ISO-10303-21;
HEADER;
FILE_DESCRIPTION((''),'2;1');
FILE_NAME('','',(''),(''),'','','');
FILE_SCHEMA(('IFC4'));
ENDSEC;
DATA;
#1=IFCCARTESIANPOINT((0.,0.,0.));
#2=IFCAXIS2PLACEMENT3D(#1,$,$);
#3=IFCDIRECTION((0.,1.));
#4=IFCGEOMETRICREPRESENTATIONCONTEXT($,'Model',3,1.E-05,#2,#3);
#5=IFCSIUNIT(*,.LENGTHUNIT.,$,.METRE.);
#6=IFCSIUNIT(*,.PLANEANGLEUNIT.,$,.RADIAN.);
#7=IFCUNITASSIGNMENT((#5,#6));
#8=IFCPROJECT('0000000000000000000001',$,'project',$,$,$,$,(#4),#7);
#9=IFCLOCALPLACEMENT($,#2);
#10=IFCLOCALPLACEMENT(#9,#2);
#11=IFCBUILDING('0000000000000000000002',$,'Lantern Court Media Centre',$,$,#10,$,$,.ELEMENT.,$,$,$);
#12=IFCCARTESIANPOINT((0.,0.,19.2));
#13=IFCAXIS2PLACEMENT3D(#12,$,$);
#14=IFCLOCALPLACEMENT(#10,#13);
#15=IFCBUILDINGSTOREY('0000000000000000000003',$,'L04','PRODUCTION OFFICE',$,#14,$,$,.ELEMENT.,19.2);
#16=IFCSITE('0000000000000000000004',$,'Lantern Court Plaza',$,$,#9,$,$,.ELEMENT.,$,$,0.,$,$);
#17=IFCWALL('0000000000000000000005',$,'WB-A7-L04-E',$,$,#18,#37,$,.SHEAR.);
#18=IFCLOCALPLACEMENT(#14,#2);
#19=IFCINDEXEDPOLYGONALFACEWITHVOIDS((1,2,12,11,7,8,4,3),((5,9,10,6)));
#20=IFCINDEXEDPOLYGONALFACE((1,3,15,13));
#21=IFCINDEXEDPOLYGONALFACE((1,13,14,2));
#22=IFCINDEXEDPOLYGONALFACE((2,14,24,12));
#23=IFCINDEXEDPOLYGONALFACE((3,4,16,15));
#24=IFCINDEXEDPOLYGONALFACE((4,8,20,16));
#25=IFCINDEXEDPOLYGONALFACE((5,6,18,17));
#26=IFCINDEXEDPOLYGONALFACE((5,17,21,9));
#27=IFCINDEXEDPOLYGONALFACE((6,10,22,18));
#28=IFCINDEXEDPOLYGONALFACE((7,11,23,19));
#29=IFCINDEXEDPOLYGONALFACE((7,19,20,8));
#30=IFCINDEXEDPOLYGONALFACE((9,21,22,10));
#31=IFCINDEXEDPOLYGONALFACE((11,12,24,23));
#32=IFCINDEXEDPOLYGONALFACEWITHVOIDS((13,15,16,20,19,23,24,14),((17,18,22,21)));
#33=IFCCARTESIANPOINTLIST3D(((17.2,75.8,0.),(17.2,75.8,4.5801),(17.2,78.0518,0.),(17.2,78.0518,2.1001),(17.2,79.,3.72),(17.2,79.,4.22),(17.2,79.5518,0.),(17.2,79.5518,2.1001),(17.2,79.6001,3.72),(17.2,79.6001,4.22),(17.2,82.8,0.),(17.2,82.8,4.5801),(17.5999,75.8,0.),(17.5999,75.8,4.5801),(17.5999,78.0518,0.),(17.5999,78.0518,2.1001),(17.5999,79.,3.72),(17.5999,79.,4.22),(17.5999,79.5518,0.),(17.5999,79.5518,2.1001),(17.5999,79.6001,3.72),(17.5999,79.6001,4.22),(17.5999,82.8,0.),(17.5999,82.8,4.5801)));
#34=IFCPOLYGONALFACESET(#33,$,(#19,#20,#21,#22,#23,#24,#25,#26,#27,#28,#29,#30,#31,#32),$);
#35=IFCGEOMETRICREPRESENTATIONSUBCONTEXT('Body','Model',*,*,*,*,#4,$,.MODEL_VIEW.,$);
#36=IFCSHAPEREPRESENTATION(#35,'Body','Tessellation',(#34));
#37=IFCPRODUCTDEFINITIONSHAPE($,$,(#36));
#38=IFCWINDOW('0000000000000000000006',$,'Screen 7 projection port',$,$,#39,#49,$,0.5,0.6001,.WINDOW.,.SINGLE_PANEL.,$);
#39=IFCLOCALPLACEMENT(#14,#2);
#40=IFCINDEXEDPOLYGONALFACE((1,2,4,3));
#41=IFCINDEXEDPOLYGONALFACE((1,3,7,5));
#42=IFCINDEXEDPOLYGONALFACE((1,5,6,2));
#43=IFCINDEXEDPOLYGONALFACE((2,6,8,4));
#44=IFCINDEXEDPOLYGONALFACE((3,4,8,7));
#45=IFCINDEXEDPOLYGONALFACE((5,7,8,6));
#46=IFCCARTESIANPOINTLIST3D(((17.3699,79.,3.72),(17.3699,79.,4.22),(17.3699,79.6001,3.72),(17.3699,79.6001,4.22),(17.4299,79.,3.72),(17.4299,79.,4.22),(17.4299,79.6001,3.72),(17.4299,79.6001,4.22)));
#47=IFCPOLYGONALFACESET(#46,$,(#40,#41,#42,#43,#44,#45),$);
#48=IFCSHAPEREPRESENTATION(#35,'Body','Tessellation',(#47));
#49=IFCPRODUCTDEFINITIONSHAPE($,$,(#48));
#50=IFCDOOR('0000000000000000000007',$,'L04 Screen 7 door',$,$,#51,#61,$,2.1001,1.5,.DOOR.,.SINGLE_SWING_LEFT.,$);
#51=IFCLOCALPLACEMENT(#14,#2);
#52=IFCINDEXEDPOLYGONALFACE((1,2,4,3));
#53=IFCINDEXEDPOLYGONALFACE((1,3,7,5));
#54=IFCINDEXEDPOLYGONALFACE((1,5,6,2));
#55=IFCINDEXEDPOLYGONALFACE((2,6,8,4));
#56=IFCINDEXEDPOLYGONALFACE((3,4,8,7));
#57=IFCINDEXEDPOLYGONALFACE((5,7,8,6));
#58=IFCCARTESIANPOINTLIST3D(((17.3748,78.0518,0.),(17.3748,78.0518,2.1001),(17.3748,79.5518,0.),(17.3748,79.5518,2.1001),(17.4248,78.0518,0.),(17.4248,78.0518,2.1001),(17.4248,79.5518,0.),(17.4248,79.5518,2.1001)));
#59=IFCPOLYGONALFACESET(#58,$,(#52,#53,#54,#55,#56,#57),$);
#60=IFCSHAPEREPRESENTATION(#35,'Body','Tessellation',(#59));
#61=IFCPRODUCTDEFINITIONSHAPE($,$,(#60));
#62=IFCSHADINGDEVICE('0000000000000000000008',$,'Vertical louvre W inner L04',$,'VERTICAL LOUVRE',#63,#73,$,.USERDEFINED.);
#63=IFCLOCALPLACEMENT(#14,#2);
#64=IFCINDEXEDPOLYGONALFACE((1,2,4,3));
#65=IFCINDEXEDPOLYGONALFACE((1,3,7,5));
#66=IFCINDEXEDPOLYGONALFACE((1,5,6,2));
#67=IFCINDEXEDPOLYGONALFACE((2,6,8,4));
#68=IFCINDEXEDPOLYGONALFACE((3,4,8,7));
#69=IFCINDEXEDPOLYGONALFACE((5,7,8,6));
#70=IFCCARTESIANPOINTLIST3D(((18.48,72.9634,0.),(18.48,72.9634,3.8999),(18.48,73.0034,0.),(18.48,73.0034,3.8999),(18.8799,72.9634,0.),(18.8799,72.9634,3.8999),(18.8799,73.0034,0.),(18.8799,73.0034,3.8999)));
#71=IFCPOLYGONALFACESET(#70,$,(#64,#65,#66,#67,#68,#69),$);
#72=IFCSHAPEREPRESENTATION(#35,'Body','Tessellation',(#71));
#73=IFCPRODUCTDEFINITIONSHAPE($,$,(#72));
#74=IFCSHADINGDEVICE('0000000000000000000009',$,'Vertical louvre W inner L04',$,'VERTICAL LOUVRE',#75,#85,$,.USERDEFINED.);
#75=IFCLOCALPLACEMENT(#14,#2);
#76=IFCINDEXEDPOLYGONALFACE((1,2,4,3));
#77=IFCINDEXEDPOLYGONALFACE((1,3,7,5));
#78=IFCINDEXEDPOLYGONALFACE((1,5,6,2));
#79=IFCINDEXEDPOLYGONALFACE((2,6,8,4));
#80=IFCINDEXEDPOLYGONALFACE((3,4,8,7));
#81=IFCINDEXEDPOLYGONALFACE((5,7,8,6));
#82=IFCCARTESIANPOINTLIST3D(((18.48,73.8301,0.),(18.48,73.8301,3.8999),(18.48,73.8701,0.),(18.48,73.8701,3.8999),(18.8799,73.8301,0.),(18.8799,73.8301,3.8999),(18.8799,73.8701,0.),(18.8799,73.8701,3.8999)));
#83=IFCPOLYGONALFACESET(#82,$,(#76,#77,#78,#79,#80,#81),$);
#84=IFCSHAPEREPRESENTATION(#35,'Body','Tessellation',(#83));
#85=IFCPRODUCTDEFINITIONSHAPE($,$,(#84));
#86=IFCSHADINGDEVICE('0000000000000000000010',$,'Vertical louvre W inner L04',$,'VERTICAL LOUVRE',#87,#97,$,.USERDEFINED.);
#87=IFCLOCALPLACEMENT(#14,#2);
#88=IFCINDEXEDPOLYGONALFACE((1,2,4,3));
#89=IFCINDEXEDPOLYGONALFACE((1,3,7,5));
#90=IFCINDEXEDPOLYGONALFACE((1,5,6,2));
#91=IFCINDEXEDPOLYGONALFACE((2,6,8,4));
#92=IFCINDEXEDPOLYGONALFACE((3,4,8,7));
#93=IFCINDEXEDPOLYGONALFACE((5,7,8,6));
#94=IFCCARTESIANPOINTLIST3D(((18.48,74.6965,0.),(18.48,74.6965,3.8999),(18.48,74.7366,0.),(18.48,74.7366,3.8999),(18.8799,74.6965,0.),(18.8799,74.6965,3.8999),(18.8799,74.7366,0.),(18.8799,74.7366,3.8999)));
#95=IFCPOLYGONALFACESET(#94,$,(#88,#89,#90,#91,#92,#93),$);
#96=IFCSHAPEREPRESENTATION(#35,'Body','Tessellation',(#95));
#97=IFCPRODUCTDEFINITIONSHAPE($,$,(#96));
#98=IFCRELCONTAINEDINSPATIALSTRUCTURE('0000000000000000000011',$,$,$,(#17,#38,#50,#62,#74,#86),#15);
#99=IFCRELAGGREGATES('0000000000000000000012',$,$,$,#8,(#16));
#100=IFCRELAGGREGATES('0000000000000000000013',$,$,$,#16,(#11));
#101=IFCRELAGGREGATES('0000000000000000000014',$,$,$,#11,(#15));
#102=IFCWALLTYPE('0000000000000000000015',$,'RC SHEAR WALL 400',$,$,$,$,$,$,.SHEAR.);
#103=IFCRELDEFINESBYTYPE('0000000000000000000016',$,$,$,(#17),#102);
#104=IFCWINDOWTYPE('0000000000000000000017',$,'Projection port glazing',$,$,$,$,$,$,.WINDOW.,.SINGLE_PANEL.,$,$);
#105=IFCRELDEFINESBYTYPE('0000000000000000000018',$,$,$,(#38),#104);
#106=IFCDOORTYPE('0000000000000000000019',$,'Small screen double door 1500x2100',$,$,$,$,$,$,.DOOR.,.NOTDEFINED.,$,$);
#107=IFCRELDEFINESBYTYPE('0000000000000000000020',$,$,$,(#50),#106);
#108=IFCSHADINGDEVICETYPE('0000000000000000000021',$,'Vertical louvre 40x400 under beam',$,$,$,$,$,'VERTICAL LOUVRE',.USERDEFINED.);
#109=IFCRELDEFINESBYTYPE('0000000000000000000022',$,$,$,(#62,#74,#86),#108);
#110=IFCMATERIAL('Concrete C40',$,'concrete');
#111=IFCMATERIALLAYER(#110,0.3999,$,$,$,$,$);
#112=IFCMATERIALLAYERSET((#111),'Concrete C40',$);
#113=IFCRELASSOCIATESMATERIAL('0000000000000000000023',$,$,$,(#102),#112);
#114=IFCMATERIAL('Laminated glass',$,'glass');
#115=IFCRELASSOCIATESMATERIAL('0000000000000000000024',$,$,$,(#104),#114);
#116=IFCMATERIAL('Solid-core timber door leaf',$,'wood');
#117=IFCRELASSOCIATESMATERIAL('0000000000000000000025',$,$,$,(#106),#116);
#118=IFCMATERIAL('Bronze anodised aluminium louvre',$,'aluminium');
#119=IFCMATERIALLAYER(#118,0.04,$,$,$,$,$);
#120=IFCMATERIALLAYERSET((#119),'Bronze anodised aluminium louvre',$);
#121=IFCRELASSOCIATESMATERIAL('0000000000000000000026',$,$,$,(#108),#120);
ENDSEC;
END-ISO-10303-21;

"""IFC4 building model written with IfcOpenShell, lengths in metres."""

from ifc_helpers import new_model, si_unit, direction, frame, frame_2d, origin, origin_2d, place, context, subcontext, project, spatial, rectangle, extrude, material, layer, layer_set, type_object, element, fill, save


model = new_model("IFC4")

# Units and contexts
model_context = context("Model", 3, precision=1e-05, world=origin(), true_north=direction((0.0, 1.0)))
body_context = subcontext(model_context, "Body", "Model", "MODEL_VIEW")
ifc_project = project(units=[si_unit("LENGTHUNIT", "METRE"), si_unit("PLANEANGLEUNIT", "RADIAN")], contexts=[model_context])

# Site, building, storey
site_placement = place(None, origin())
site = spatial("IfcSite", under=ifc_project, at=site_placement, Name="Lantern Court Plaza", CompositionType="ELEMENT", RefElevation=0.0)
building_placement = place(site_placement, origin())
building = spatial("IfcBuilding", under=site, at=building_placement, Name="Lantern Court Media Centre", CompositionType="ELEMENT")
storey_placement = place(building_placement, frame((0.0, 0.0, 19.2)))
storey = spatial("IfcBuildingStorey", under=building, at=storey_placement, Name="L04", Description="PRODUCTION OFFICE", CompositionType="ELEMENT", Elevation=19.2)

# Wall, openings, window, door
ifc_material_1 = material(Name="Concrete C40", Category="concrete")
ifc_layer_1 = layer(ifc_material_1, 0.3999)
ifc_layer_set_1 = layer_set([ifc_layer_1], Name="Concrete C40")
wall_type_1 = type_object("IfcWallType", Name="RC SHEAR WALL 400", PredefinedType="SHEAR", material=ifc_layer_set_1)
wall_1_placement = place(storey_placement, frame((17.3999, 75.8, 0.0), z_axis=(0.0, 0.0, 1.0), x_axis=(0.0, 1.0, 0.0)))
wall_1 = element("IfcWall", 1, at=wall_1_placement, inside=storey, type_object=wall_type_1, Name="WB-A7-L04-E", PredefinedType="SHEAR", context=body_context, shape_type="SweptSolid", body=[
    extrude(rectangle(XDim=7.0, YDim=0.3999, at=frame_2d((3.5, 0.0))), origin(), (0.0, 0.0, 1.0), 4.5801),
])
opening_1_placement = place(wall_1_placement, frame((2.2517, 0.0, 0.0)))
opening_1 = element("IfcOpeningElement", 2, at=opening_1_placement, cuts=wall_1, PredefinedType="OPENING", context=body_context, shape_type="SweptSolid", body=[
    extrude(rectangle(XDim=1.5, YDim=2.1001, at=frame_2d((0.75, 1.05))), frame((0.0, 0.21, 0.0), z_axis=(0.0, -1.0, 0.0), x_axis=(1.0, 0.0, 0.0)), (0.0, 0.0, 1.0), 0.4199),
])
opening_2_placement = place(wall_1_placement, frame((3.2, 0.0, 3.72)))
opening_2 = element("IfcOpeningElement", 3, at=opening_2_placement, cuts=wall_1, PredefinedType="OPENING", context=body_context, shape_type="SweptSolid", body=[
    extrude(rectangle(XDim=0.6001, YDim=0.5, at=frame_2d((0.3, 0.25))), frame((0.0, 0.21, 0.0), z_axis=(0.0, -1.0, 0.0), x_axis=(1.0, 0.0, 0.0)), (0.0, 0.0, 1.0), 0.4199),
])
ifc_material_2 = material(Name="Laminated glass", Category="glass")
window_type = type_object("IfcWindowType", Name="Projection port glazing", PartitioningType="SINGLE_PANEL", PredefinedType="WINDOW", material=ifc_material_2)
window_placement = place(opening_2_placement, origin())
window = element("IfcWindow", 4, at=window_placement, inside=storey, type_object=window_type, Name="Screen 7 projection port", OverallHeight=0.5, OverallWidth=0.6001, PartitioningType="SINGLE_PANEL", PredefinedType="WINDOW", context=body_context, shape_type="SweptSolid", body=[
    extrude(rectangle(XDim=0.6001, YDim=0.5, at=frame_2d((0.3, 0.25))), frame((0.0, 0.03, 0.0), z_axis=(0.0, -1.0, 0.0), x_axis=(1.0, 0.0, 0.0)), (0.0, 0.0, 1.0), 0.0601),
])
fill(opening_2, window)
ifc_material_3 = material(Name="Solid-core timber door leaf", Category="wood")
door_type = type_object("IfcDoorType", Name="Small screen double door 1500x2100", OperationType="NOTDEFINED", PredefinedType="DOOR", material=ifc_material_3)
door_placement = place(opening_1_placement, frame((1.5, 0.0, 0.0), z_axis=(0.0, 0.0, 1.0), x_axis=(-1.0, 0.0, 0.0)))
door = element("IfcDoor", 5, at=door_placement, inside=storey, type_object=door_type, Name="L04 Screen 7 door", OperationType="SINGLE_SWING_LEFT", OverallHeight=2.1001, OverallWidth=1.5, PredefinedType="DOOR", context=body_context, shape_type="SweptSolid", body=[
    extrude(rectangle(XDim=1.5, YDim=2.1001, at=frame_2d((0.75, 1.05))), frame((0.0, 0.0249, 0.0), z_axis=(0.0, -1.0, 0.0), x_axis=(1.0, 0.0, 0.0)), (0.0, 0.0, 1.0), 0.05),
])
fill(opening_1, door)

# Shading devices
ifc_material_4 = material(Name="Bronze anodised aluminium louvre", Category="aluminium")
ifc_layer_2 = layer(ifc_material_4, 0.04)
ifc_layer_set_2 = layer_set([ifc_layer_2], Name="Bronze anodised aluminium louvre")
shading_device_type = type_object("IfcShadingDeviceType", Name="Vertical louvre 40x400 under beam", ElementType="VERTICAL LOUVRE", PredefinedType="USERDEFINED", material=ifc_layer_set_2)
for number, where, z_axis, x_axis, name in (
    (6, (18.6799, 72.9834, 0.0), (0.0, 0.0, 1.0), (1.0, 0.0, 0.0), "Vertical louvre W inner L04"),
    (7, (18.6799, 73.8501, 0.0), (0.0, 0.0, 1.0), (1.0, 0.0, 0.0), "Vertical louvre W inner L04"),
    (8, (18.6799, 74.7166, 0.0), (0.0, 0.0, 1.0), (1.0, 0.0, 0.0), "Vertical louvre W inner L04"),
):
    element("IfcShadingDevice", number, at=place(storey_placement, frame(where, z_axis=z_axis, x_axis=x_axis)), inside=storey, type_object=shading_device_type, Name=name, ObjectType="VERTICAL LOUVRE", PredefinedType="USERDEFINED", context=body_context, shape_type="SweptSolid", body=[
        extrude(rectangle(XDim=0.3999, YDim=0.04, at=origin_2d()), origin(), (0.0, 0.0, 1.0), 3.8999),
    ])

save(model, "model.ifc")
